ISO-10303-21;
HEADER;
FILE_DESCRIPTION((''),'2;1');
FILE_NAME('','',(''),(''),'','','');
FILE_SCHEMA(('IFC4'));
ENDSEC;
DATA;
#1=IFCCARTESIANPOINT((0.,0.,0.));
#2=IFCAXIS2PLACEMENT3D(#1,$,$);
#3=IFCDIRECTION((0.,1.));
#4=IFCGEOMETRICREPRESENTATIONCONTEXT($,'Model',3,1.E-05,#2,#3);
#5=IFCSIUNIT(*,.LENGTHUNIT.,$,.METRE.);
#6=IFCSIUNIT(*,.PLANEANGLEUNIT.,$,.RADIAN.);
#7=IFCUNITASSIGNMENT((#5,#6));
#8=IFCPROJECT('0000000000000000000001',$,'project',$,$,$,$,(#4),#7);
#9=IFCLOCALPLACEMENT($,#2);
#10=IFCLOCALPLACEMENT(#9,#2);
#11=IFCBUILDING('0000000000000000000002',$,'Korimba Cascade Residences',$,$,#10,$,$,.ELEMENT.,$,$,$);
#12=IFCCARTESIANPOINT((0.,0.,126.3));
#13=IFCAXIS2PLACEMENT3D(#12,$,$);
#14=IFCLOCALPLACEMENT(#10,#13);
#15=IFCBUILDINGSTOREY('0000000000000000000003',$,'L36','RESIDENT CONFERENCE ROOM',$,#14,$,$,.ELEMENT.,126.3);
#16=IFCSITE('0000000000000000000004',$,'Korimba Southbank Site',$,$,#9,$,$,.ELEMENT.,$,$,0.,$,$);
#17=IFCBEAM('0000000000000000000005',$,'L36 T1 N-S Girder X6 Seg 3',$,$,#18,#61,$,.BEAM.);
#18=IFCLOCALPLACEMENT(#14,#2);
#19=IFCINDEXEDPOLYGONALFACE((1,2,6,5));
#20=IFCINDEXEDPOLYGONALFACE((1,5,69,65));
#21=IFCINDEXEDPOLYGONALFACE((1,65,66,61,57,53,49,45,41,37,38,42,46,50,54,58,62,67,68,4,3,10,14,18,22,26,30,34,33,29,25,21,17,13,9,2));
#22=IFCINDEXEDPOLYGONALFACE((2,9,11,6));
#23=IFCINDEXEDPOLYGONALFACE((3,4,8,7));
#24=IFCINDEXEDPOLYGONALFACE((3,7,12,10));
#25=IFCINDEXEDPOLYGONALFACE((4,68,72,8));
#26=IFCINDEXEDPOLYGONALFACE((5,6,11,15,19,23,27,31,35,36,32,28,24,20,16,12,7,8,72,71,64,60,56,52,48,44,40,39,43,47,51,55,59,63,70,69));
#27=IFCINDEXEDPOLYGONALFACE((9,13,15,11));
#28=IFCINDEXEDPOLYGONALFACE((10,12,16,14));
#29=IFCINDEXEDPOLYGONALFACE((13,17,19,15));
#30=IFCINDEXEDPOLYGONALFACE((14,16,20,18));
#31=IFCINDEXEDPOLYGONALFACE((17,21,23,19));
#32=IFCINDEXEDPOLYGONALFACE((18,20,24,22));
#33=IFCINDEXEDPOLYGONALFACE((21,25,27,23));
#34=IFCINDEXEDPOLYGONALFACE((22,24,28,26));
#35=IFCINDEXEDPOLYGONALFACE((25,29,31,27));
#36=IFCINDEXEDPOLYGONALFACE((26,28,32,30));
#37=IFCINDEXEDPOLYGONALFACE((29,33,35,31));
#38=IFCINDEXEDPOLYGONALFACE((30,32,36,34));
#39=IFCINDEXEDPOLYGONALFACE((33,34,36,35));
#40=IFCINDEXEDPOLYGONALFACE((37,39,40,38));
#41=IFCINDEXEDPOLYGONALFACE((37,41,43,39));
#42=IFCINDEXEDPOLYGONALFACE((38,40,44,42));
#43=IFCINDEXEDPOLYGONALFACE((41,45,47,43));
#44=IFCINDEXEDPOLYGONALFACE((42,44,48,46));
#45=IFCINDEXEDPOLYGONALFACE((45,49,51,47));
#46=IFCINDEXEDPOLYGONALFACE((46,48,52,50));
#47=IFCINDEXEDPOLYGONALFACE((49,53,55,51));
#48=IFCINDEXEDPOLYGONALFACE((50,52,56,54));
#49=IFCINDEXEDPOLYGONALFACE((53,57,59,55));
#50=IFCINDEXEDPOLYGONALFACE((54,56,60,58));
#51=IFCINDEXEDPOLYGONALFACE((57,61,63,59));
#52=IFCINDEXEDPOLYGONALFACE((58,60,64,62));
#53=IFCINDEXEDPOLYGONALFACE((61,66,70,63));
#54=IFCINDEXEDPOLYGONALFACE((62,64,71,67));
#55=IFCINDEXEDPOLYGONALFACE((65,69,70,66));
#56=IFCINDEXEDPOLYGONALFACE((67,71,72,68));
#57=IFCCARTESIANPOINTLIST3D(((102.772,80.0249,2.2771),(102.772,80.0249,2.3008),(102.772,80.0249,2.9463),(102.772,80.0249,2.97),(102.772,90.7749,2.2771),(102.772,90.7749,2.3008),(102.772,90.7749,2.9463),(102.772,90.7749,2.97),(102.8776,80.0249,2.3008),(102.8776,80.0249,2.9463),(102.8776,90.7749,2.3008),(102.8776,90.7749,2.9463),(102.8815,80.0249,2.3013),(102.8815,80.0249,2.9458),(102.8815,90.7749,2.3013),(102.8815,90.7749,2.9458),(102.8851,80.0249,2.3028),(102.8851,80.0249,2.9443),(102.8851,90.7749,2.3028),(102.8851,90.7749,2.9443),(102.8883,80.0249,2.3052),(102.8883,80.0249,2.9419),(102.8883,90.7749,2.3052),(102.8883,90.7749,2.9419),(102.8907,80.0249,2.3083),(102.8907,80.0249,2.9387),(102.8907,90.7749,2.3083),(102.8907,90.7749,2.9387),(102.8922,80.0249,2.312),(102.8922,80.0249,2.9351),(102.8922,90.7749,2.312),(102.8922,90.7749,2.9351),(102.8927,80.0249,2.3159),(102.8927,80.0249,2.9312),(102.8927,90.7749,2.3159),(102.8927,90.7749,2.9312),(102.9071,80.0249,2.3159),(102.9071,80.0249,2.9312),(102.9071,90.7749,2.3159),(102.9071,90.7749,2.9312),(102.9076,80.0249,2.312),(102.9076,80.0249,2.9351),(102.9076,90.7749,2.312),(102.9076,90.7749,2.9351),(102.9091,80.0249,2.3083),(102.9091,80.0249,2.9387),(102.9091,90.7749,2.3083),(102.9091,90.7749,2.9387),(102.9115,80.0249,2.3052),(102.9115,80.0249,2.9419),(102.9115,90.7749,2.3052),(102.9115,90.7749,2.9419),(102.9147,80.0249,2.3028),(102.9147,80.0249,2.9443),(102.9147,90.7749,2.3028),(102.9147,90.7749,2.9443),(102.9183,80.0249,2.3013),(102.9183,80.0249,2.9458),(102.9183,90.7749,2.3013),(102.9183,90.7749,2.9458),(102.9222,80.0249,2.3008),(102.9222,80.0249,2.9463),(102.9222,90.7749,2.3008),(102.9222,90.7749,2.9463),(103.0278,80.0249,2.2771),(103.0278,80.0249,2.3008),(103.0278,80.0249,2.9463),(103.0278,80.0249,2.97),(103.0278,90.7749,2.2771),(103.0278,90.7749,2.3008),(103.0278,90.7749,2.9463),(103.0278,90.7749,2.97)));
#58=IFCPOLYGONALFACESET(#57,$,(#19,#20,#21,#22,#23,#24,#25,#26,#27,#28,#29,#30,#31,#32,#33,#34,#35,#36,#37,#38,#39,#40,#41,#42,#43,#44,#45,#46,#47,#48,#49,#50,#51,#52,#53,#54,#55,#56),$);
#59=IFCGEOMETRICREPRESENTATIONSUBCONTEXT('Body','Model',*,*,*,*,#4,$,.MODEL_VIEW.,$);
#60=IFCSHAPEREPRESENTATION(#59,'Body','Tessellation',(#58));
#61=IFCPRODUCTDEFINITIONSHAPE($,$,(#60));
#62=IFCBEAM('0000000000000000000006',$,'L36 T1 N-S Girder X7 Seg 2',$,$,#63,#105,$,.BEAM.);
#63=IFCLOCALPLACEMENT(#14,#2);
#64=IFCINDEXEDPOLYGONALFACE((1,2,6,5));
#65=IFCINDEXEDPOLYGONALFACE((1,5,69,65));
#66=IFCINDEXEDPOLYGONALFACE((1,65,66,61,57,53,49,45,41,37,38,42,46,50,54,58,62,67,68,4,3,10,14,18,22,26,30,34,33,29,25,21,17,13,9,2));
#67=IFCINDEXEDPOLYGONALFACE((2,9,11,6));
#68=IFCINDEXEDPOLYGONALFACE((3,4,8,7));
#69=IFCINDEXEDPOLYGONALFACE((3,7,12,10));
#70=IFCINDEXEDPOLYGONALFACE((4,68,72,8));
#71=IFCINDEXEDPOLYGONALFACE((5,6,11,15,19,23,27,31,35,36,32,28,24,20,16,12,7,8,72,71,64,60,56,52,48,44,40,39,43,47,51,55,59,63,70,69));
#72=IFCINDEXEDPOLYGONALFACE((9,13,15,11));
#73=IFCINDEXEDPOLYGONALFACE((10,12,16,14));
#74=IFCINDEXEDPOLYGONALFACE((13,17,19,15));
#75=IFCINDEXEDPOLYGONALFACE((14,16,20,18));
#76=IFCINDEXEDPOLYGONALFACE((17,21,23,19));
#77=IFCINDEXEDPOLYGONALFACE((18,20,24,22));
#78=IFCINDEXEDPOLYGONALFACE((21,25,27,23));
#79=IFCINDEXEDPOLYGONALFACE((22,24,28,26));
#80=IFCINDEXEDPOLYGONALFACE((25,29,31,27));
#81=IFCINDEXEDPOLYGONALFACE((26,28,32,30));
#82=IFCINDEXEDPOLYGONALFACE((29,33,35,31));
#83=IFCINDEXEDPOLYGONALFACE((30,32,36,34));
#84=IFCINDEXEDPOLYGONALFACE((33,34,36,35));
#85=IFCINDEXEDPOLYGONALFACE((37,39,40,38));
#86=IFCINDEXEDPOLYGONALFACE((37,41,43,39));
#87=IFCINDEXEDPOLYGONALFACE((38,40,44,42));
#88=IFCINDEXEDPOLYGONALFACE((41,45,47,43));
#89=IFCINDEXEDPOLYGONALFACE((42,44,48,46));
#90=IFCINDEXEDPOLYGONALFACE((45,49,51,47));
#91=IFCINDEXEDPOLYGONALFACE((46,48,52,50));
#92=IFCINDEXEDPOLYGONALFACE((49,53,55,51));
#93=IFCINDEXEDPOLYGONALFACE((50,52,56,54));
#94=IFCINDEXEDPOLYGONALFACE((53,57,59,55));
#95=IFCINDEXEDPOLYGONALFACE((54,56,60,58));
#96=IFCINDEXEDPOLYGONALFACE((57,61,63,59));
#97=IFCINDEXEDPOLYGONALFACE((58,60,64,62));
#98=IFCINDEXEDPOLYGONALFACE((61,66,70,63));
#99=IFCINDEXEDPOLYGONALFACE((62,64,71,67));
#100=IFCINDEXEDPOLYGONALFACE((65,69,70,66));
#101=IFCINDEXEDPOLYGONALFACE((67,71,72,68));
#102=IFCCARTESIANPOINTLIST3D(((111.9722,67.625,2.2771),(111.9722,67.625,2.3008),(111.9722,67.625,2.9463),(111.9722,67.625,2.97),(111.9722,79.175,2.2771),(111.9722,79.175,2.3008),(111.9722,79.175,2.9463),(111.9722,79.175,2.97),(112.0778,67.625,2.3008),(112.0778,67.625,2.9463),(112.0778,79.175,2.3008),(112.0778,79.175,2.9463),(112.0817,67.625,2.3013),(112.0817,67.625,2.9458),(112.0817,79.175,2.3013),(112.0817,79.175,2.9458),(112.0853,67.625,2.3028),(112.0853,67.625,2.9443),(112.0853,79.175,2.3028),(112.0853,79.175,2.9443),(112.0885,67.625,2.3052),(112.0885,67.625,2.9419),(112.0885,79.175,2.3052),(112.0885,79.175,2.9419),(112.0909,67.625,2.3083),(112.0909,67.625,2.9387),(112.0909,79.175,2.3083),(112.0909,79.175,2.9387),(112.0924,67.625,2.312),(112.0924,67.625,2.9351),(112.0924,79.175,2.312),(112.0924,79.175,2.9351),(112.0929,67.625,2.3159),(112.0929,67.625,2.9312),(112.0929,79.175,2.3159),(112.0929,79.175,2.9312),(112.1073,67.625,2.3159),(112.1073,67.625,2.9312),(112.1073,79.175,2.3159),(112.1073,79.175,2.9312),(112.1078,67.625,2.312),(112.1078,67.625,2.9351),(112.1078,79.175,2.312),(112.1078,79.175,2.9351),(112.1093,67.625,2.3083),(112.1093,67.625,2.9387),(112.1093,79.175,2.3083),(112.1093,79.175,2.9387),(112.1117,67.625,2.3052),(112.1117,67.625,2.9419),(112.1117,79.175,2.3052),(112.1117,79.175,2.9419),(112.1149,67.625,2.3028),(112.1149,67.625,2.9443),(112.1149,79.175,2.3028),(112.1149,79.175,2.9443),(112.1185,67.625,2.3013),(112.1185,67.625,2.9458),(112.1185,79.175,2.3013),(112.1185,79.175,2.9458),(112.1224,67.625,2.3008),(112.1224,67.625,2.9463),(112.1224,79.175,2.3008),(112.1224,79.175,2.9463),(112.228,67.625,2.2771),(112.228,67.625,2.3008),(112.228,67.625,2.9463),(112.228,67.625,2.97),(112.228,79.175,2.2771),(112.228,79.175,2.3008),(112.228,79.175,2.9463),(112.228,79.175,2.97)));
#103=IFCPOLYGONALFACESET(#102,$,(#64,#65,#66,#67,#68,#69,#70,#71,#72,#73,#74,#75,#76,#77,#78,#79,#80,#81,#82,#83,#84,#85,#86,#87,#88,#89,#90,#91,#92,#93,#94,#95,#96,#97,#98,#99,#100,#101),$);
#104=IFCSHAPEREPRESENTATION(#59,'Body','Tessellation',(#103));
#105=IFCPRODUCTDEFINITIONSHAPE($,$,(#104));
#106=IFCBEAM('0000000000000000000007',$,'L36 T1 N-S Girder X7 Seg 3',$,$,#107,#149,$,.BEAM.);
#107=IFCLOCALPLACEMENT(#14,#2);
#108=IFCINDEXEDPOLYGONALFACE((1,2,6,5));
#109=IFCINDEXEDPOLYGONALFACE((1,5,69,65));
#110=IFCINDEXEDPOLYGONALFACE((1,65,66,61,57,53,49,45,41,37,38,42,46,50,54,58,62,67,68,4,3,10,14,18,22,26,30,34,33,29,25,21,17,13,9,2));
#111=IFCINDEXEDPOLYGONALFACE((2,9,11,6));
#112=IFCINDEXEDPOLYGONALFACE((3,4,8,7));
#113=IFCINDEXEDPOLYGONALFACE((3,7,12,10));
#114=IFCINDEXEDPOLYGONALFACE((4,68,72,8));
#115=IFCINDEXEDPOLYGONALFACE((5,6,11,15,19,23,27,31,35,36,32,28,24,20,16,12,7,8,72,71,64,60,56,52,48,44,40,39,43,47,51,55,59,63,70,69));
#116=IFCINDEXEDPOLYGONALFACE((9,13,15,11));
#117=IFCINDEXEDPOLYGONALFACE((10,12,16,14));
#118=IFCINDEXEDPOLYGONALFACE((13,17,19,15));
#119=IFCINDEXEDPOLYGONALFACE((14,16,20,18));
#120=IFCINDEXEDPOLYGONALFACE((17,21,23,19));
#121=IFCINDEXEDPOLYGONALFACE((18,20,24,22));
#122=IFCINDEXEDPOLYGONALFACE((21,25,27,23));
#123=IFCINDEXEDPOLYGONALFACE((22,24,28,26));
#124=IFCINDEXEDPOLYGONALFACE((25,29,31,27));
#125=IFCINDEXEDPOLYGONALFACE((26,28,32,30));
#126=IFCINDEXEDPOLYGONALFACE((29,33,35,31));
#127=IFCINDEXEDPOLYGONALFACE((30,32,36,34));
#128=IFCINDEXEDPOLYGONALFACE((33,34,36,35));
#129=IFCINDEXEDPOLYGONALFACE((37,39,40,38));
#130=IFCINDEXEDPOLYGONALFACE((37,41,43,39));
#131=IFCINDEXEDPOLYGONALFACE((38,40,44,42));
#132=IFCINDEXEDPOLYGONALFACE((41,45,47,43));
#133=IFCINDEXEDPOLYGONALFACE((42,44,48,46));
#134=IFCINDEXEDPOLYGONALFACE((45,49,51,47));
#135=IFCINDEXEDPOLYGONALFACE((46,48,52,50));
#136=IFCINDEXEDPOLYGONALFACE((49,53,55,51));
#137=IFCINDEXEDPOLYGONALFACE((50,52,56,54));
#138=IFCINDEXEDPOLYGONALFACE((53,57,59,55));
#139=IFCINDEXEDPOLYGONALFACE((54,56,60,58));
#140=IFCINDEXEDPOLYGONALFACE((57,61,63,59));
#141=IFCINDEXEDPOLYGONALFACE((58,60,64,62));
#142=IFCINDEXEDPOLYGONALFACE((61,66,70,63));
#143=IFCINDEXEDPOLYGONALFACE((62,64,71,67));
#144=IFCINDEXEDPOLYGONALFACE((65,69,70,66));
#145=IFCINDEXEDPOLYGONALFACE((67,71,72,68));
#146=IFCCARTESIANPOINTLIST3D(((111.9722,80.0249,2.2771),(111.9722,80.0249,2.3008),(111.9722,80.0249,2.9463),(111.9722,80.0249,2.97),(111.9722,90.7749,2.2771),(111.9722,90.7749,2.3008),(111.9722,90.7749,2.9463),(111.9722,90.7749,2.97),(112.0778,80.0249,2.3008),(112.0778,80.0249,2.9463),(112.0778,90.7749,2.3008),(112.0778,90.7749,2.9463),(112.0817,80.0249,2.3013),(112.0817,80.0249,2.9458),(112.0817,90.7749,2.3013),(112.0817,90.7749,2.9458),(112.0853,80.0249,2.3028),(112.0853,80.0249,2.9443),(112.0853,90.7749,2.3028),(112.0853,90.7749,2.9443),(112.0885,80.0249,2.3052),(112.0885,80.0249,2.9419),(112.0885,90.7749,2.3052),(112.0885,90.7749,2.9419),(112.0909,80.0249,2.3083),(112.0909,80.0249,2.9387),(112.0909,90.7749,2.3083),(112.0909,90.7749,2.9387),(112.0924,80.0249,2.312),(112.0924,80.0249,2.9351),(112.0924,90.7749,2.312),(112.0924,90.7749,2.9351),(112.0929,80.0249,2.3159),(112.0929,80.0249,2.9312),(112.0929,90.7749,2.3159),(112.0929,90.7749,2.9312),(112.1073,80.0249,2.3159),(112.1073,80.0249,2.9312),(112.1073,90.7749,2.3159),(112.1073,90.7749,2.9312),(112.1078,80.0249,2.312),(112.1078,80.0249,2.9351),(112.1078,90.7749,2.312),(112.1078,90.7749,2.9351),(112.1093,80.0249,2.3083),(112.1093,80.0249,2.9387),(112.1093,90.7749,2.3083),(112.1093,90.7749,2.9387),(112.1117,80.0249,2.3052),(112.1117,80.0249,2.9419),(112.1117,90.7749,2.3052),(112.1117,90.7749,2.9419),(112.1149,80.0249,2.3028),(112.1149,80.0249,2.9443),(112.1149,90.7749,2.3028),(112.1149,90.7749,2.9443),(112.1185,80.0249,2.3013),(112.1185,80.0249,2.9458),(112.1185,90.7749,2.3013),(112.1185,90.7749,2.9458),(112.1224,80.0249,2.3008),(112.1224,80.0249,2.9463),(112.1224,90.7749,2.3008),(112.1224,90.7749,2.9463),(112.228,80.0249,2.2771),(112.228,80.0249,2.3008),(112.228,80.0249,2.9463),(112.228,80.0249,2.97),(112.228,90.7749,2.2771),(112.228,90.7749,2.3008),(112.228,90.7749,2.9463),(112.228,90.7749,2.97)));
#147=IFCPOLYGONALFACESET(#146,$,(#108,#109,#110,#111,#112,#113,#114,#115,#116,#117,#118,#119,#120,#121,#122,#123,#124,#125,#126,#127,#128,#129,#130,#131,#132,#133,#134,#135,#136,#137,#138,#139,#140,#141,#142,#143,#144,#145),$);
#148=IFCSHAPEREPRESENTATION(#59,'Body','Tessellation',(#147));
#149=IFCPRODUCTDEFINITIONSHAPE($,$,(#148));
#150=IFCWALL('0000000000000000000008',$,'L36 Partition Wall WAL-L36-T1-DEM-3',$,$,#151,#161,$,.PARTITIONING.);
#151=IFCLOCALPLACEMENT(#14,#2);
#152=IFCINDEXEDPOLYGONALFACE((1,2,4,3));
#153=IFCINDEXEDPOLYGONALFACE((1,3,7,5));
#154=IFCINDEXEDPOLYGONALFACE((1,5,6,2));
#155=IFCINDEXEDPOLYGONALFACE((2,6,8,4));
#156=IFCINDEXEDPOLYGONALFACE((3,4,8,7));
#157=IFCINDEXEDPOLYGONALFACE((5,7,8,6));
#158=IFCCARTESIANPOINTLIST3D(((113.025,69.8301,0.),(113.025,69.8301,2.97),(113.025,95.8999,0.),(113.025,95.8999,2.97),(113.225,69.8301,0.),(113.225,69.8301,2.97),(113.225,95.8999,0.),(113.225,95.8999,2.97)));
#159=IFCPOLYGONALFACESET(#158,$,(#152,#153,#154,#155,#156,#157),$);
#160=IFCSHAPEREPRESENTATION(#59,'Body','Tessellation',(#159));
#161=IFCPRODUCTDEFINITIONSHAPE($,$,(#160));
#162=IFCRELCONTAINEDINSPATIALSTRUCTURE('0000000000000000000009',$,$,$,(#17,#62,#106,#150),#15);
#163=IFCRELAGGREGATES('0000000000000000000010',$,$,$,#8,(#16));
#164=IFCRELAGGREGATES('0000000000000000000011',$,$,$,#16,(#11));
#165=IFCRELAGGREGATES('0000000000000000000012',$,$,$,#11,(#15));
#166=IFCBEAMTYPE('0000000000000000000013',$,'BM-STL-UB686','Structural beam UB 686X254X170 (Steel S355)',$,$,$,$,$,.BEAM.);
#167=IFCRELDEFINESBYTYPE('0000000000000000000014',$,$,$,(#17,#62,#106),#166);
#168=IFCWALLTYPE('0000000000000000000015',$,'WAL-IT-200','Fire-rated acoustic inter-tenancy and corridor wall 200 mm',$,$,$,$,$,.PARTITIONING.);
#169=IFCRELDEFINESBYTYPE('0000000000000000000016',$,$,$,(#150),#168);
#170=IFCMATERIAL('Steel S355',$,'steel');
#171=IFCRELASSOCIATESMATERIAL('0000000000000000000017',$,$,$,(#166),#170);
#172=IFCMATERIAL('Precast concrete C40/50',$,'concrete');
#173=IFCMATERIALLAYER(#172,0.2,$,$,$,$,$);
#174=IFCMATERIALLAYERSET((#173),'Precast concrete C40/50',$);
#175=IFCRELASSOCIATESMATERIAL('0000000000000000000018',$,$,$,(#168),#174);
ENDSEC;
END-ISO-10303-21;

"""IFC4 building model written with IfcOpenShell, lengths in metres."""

from ifc_helpers import new_model, si_unit, direction, frame, frame_2d, origin, origin_2d, place, context, subcontext, project, spatial, rectangle, i_section, extrude, material, layer, layer_set, material_profile, profile_set, type_object, element, save


model = new_model("IFC4")

# Units and contexts
model_context = context("Model", 3, precision=1e-05, world=origin(), true_north=direction((0.0, 1.0)))
body_context = subcontext(model_context, "Body", "Model", "MODEL_VIEW")
ifc_project = project(units=[si_unit("LENGTHUNIT", "METRE"), si_unit("PLANEANGLEUNIT", "RADIAN")], contexts=[model_context])

# Site, building, storey
site_placement = place(None, origin())
site = spatial("IfcSite", under=ifc_project, at=site_placement, Name="Korimba Southbank Site", CompositionType="ELEMENT", RefElevation=0.0)
building_placement = place(site_placement, origin())
building = spatial("IfcBuilding", under=site, at=building_placement, Name="Korimba Cascade Residences", CompositionType="ELEMENT")
storey_placement = place(building_placement, frame((0.0, 0.0, 126.3)))
storey = spatial("IfcBuildingStorey", under=building, at=storey_placement, Name="L36", Description="RESIDENT CONFERENCE ROOM", CompositionType="ELEMENT", Elevation=126.3)

# Beams
ifc_material_1 = material(Name="Steel S355", Category="steel")
ifc_material_profile_1 = material_profile(ifc_material_1, i_section(OverallWidth=0.2559, OverallDepth=0.6929, WebThickness=0.0144, FlangeThickness=0.0237, FilletRadius=0.0151, at=origin_2d()), Name="Steel S355")
ifc_profile_set_1 = profile_set([ifc_material_profile_1], Name="Steel S355")
beam_type_1 = type_object("IfcBeamType", Name="BM-STL-UB686", Description="Structural beam UB 686X254X170 (Steel S355)", PredefinedType="BEAM", material=ifc_profile_set_1)
beam_1_placement = place(storey_placement, frame((102.8999, 80.0249, 2.6235), z_axis=(0.0, 1.0, 0.0), x_axis=(-1.0, 0.0, 0.0)))
element("IfcBeam", 1, at=beam_1_placement, inside=storey, type_object=beam_type_1, Name="L36 T1 N-S Girder X6 Seg 3", PredefinedType="BEAM", context=body_context, shape_type="SweptSolid", body=[
    extrude(i_section(OverallWidth=0.2559, OverallDepth=0.6929, WebThickness=0.0144, FlangeThickness=0.0237, FilletRadius=0.0151, at=origin_2d()), origin(), (0.0, 0.0, 1.0), 10.75),
])
beam_2_placement = place(storey_placement, frame((112.1001, 67.625, 2.6235), z_axis=(0.0, 1.0, 0.0), x_axis=(-1.0, 0.0, 0.0)))
element("IfcBeam", 2, at=beam_2_placement, inside=storey, type_object=beam_type_1, Name="L36 T1 N-S Girder X7 Seg 2", PredefinedType="BEAM", context=body_context, shape_type="SweptSolid", body=[
    extrude(i_section(OverallWidth=0.2559, OverallDepth=0.6929, WebThickness=0.0144, FlangeThickness=0.0237, FilletRadius=0.0151, at=origin_2d()), origin(), (0.0, 0.0, 1.0), 11.55),
])
beam_3_placement = place(storey_placement, frame((112.1001, 80.0249, 2.6235), z_axis=(0.0, 1.0, 0.0), x_axis=(-1.0, 0.0, 0.0)))
element("IfcBeam", 3, at=beam_3_placement, inside=storey, type_object=beam_type_1, Name="L36 T1 N-S Girder X7 Seg 3", PredefinedType="BEAM", context=body_context, shape_type="SweptSolid", body=[
    extrude(i_section(OverallWidth=0.2559, OverallDepth=0.6929, WebThickness=0.0144, FlangeThickness=0.0237, FilletRadius=0.0151, at=origin_2d()), origin(), (0.0, 0.0, 1.0), 10.75),
])

# Wall
ifc_material_2 = material(Name="Precast concrete C40/50", Category="concrete")
ifc_layer_1 = layer(ifc_material_2, 0.2)
ifc_layer_set_1 = layer_set([ifc_layer_1], Name="Precast concrete C40/50")
wall_type_1 = type_object("IfcWallType", Name="WAL-IT-200", Description="Fire-rated acoustic inter-tenancy and corridor wall 200 mm", PredefinedType="PARTITIONING", material=ifc_layer_set_1)
wall_1_placement = place(storey_placement, frame((113.125, 69.8301, 0.0), z_axis=(0.0, 0.0, 1.0), x_axis=(0.0, 1.0, 0.0)))
element("IfcWall", 4, at=wall_1_placement, inside=storey, type_object=wall_type_1, Name="L36 Partition Wall WAL-L36-T1-DEM-3", PredefinedType="PARTITIONING", context=body_context, shape_type="SweptSolid", body=[
    extrude(rectangle(XDim=26.0698, YDim=0.2, at=frame_2d((13.0349, 0.0))), origin(), (0.0, 0.0, 1.0), 2.97),
])

save(model, "model.ifc")
